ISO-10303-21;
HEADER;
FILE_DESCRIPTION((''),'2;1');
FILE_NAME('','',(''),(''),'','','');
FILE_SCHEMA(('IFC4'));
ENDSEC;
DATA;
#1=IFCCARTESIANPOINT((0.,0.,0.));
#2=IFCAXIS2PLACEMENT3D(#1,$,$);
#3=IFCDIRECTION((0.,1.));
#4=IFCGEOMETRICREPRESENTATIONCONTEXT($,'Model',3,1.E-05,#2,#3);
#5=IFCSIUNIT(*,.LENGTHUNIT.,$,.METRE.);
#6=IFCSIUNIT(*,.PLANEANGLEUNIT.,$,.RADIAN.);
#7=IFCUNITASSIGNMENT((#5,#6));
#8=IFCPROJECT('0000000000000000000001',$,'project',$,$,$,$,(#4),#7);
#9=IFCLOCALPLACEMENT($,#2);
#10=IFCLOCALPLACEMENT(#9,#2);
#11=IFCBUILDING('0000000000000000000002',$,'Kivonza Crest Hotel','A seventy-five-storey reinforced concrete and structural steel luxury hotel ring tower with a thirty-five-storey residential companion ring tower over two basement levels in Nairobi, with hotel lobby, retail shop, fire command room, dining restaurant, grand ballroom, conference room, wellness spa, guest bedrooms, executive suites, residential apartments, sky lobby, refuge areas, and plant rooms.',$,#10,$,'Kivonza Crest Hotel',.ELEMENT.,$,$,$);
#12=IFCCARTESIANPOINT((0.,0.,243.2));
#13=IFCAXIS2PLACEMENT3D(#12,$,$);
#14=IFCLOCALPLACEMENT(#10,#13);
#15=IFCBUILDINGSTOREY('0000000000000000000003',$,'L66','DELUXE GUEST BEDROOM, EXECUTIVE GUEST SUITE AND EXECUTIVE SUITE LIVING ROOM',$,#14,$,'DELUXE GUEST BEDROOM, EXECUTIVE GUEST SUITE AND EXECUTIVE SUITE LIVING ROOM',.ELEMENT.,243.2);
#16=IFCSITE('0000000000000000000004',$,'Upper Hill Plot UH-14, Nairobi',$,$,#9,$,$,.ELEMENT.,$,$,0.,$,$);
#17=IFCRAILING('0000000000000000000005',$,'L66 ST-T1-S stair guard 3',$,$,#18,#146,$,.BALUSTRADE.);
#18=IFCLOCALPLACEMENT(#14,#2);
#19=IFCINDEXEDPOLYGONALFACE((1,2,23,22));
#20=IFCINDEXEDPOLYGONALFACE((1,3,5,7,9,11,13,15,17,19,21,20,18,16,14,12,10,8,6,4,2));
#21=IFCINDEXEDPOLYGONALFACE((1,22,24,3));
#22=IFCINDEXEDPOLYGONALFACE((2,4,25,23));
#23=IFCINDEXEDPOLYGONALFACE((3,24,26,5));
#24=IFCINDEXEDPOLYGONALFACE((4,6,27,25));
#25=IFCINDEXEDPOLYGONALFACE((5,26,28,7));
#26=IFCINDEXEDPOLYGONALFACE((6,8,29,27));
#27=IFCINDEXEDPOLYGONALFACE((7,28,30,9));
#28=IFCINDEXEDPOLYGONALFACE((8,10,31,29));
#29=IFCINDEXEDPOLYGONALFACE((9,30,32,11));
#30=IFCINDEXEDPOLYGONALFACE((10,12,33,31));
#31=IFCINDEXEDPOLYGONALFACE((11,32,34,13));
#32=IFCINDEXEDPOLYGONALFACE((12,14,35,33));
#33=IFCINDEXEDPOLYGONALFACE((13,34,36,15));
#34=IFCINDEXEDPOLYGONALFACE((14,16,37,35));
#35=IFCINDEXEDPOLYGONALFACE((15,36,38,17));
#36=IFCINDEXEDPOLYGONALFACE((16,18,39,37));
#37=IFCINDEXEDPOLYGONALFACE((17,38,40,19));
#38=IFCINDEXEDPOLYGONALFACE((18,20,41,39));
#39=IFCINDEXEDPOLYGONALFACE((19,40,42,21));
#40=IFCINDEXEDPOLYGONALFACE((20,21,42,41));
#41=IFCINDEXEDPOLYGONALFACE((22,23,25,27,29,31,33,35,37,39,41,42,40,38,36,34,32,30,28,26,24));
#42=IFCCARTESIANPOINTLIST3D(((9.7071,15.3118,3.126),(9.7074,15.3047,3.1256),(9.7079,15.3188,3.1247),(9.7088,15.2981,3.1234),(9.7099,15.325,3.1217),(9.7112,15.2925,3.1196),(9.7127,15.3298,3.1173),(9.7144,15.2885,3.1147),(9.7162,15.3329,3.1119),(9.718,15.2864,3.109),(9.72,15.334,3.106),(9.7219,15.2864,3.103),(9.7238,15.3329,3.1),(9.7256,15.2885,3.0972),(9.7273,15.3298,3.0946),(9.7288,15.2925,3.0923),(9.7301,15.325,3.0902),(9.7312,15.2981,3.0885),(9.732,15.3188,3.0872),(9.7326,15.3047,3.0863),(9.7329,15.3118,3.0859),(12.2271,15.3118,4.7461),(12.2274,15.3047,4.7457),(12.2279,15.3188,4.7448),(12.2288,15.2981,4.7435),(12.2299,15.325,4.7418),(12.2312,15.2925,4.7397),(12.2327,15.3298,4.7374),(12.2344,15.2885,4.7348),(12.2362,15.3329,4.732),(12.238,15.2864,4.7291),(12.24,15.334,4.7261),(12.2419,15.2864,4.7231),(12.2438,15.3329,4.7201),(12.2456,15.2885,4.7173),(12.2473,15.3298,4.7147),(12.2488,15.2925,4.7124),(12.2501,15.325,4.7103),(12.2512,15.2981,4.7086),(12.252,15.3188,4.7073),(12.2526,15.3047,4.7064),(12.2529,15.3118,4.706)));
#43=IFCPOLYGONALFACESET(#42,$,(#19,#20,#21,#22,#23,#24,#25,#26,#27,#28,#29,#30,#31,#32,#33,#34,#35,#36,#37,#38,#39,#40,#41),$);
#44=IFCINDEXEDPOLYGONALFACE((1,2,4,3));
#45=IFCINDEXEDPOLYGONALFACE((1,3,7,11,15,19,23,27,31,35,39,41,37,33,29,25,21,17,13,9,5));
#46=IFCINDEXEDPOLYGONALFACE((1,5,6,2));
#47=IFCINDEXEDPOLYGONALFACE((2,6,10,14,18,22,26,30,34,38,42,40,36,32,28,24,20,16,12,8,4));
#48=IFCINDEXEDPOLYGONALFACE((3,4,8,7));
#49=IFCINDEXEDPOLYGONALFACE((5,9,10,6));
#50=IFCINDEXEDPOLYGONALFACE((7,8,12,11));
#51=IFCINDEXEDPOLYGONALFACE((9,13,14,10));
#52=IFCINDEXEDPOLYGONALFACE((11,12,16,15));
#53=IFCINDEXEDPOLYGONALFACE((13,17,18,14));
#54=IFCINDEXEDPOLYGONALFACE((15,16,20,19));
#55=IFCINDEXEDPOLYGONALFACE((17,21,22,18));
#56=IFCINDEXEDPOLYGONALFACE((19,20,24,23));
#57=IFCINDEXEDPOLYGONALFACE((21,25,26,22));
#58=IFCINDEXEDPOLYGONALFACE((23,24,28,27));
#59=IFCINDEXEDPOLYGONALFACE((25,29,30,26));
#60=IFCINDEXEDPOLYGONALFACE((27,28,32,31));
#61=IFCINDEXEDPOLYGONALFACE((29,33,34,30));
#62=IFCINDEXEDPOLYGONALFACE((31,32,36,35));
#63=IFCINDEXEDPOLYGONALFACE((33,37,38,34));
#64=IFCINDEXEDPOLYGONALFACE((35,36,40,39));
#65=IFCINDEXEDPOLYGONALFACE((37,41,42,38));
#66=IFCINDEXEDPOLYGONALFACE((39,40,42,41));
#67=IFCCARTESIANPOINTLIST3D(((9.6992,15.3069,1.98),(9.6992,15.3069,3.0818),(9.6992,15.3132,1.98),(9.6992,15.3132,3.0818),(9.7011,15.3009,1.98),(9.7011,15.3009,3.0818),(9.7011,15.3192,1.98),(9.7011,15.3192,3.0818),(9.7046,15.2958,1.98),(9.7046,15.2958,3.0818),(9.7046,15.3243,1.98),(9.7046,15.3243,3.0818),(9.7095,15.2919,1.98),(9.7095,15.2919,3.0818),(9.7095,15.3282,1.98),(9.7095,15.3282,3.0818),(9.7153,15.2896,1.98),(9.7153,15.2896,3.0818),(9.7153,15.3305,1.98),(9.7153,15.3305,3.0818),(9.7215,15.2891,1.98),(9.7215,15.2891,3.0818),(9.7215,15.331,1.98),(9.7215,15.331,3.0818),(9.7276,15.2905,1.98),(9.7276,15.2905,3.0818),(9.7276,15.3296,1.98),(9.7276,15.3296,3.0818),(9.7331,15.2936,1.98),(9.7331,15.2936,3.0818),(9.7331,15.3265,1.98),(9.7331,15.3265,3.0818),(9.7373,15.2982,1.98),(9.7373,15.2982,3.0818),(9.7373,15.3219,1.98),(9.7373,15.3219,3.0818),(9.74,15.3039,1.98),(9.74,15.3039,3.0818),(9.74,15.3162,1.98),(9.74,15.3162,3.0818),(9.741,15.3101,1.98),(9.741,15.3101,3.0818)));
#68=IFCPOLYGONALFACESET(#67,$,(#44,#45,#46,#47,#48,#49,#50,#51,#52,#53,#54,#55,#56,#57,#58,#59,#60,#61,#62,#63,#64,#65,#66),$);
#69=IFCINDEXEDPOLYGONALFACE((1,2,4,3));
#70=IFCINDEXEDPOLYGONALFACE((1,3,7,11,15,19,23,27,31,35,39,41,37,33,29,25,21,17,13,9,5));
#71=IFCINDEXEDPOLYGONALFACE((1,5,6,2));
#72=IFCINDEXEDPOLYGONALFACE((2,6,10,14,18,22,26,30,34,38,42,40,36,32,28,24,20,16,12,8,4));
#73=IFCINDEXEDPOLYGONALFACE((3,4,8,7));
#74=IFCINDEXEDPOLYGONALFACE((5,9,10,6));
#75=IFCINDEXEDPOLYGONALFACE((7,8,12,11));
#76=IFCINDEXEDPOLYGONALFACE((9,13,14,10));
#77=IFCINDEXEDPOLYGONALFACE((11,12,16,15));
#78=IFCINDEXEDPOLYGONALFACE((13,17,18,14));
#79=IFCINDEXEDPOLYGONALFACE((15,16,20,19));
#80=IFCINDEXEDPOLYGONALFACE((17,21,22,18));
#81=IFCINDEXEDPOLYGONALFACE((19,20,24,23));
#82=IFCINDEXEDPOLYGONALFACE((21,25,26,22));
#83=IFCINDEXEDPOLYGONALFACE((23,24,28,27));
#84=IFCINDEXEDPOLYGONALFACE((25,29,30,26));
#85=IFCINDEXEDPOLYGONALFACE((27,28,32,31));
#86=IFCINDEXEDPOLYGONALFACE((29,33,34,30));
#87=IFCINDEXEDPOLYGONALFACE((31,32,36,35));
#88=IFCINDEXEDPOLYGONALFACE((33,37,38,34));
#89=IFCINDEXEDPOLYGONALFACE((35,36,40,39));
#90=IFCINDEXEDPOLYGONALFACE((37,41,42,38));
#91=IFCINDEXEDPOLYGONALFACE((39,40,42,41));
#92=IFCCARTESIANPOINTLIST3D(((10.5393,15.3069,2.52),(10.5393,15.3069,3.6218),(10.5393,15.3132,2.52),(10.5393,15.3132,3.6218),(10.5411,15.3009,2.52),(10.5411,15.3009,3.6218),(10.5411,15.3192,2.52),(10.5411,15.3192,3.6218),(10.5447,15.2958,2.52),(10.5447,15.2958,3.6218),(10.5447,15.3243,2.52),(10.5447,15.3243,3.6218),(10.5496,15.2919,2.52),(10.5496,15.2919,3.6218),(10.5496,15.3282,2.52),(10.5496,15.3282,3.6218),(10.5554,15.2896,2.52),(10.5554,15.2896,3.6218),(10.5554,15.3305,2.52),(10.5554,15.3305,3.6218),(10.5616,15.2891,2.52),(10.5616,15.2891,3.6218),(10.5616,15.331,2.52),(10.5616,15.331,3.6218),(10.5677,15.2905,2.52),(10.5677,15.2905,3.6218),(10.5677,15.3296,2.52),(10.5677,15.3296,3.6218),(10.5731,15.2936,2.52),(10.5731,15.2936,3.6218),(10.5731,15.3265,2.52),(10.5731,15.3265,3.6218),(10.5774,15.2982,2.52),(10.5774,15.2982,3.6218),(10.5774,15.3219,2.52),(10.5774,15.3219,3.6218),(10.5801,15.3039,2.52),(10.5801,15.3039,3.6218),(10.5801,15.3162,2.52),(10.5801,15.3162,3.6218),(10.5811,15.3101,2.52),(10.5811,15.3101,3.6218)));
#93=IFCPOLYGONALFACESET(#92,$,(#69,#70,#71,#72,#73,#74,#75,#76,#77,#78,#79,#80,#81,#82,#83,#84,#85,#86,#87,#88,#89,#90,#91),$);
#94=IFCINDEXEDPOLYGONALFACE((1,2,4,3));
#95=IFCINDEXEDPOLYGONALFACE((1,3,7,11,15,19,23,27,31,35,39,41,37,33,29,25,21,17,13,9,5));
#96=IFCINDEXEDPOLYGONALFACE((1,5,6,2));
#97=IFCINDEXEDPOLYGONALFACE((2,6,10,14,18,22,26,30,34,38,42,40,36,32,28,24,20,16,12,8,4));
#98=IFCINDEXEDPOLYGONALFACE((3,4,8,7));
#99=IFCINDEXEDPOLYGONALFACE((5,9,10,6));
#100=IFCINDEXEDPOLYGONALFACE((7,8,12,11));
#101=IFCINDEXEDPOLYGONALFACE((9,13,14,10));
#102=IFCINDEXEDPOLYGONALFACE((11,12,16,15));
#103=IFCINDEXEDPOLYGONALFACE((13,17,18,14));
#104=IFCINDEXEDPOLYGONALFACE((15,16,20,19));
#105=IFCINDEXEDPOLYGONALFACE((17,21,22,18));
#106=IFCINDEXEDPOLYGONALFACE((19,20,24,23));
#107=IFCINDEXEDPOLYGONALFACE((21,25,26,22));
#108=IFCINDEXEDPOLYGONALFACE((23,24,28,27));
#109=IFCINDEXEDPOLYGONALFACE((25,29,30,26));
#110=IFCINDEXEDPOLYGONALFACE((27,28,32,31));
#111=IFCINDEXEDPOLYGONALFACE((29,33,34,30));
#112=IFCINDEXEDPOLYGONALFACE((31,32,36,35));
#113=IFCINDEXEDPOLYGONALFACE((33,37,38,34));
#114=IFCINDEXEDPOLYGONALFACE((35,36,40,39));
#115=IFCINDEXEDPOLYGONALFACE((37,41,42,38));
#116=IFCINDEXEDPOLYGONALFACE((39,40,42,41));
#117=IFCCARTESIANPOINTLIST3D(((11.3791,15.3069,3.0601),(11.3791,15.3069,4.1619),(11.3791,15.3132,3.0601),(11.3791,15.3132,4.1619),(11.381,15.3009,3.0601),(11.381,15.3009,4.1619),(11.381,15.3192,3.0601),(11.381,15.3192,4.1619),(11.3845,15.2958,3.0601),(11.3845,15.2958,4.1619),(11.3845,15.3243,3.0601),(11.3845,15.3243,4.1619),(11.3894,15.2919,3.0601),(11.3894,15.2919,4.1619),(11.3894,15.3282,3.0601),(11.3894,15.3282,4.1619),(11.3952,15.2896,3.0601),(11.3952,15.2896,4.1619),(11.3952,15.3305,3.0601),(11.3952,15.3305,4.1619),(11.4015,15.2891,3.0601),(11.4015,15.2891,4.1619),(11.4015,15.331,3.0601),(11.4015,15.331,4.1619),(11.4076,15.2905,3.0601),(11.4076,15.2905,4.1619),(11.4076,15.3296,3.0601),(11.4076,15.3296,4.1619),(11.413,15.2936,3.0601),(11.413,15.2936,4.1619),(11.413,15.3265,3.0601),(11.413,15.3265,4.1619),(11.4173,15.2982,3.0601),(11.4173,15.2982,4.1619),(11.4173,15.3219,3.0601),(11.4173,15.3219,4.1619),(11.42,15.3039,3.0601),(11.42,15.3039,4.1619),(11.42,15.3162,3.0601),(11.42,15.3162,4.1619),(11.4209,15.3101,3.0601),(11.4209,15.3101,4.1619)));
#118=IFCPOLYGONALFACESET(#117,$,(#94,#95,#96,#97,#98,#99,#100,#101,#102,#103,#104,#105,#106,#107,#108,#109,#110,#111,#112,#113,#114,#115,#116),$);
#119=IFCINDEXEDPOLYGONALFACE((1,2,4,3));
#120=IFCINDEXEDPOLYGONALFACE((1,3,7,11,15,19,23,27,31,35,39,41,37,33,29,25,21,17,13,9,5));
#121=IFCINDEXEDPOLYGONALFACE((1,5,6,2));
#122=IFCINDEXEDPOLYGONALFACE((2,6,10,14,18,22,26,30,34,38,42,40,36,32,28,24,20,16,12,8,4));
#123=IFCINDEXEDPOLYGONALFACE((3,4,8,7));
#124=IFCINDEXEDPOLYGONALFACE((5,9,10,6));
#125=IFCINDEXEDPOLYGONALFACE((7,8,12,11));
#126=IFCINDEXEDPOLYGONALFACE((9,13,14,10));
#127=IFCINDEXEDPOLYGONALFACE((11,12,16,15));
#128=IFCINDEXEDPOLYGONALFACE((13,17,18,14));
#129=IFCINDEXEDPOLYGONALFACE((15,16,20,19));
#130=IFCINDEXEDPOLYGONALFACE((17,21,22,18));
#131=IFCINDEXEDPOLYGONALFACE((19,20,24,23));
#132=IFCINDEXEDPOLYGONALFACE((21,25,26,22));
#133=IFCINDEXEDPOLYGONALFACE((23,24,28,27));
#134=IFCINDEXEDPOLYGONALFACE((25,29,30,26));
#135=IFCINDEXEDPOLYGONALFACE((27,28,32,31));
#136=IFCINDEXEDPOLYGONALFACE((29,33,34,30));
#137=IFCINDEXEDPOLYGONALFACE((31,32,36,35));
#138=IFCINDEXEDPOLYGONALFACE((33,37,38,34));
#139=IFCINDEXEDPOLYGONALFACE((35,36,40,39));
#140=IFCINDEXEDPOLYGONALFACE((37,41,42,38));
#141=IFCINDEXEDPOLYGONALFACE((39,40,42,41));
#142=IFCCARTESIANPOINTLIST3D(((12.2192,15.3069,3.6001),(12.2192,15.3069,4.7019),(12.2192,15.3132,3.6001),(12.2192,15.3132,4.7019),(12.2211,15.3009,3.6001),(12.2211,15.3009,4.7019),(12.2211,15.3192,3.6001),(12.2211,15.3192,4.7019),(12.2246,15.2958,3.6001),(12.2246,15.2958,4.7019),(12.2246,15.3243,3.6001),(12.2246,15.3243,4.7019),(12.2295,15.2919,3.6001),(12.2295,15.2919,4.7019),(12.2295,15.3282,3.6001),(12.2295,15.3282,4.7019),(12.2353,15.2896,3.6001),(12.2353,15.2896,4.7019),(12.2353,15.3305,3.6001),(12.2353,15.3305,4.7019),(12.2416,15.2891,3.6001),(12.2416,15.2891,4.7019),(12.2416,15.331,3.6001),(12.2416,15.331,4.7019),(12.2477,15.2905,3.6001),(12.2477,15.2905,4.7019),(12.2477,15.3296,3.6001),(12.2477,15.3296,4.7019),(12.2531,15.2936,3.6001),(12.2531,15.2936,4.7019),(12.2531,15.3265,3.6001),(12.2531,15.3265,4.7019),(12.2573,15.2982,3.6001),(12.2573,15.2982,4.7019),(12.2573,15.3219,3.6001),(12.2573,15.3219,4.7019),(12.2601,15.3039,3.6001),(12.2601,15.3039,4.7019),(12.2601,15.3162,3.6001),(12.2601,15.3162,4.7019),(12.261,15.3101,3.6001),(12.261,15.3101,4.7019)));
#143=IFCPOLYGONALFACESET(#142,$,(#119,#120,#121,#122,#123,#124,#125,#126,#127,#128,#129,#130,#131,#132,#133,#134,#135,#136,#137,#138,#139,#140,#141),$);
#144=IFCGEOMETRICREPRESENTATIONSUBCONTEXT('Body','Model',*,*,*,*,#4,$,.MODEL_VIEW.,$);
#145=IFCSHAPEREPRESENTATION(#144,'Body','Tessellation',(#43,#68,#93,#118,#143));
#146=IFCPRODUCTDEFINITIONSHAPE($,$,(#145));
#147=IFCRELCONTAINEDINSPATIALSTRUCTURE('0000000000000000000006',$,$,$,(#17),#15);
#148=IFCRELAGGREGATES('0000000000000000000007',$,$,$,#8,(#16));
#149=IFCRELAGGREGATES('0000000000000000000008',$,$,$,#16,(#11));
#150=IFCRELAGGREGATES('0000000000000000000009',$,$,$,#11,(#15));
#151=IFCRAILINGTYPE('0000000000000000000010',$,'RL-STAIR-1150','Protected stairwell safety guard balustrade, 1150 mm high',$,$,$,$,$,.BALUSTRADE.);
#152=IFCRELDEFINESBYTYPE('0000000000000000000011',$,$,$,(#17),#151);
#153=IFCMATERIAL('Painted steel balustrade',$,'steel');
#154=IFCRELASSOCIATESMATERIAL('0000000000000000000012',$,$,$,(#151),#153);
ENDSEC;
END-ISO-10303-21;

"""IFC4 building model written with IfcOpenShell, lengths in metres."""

from ifc_helpers import new_model, si_unit, direction, frame, origin, origin_2d, place, context, subcontext, project, spatial, circle, extrude, material, type_object, element, save


model = new_model("IFC4")

# Units and contexts
model_context = context("Model", 3, precision=1e-05, world=origin(), true_north=direction((0.0, 1.0)))
body_context = subcontext(model_context, "Body", "Model", "MODEL_VIEW")
ifc_project = project(units=[si_unit("LENGTHUNIT", "METRE"), si_unit("PLANEANGLEUNIT", "RADIAN")], contexts=[model_context])

# Site, building, storey
site_placement = place(None, origin())
site = spatial("IfcSite", under=ifc_project, at=site_placement, Name="Upper Hill Plot UH-14, Nairobi", CompositionType="ELEMENT", RefElevation=0.0)
building_placement = place(site_placement, origin())
building = spatial("IfcBuilding", under=site, at=building_placement, Name="Kivonza Crest Hotel", Description="A seventy-five-storey reinforced concrete and structural steel luxury hotel ring tower with a thirty-five-storey residential companion ring tower over two basement levels in Nairobi, with hotel lobby, retail shop, fire command room, dining restaurant, grand ballroom, conference room, wellness spa, guest bedrooms, executive suites, residential apartments, sky lobby, refuge areas, and plant rooms.", LongName="Kivonza Crest Hotel", CompositionType="ELEMENT")
storey_placement = place(building_placement, frame((0.0, 0.0, 243.2)))
storey = spatial("IfcBuildingStorey", under=building, at=storey_placement, Name="L66", Description="DELUXE GUEST BEDROOM, EXECUTIVE GUEST SUITE AND EXECUTIVE SUITE LIVING ROOM", LongName="DELUXE GUEST BEDROOM, EXECUTIVE GUEST SUITE AND EXECUTIVE SUITE LIVING ROOM", CompositionType="ELEMENT", Elevation=243.2)

# Railing
ifc_material_1 = material(Name="Painted steel balustrade", Category="steel")
railing_type_1 = type_object("IfcRailingType", Name="RL-STAIR-1150", Description="Protected stairwell safety guard balustrade, 1150 mm high", PredefinedType="BALUSTRADE", material=ifc_material_1)
railing_1_placement = place(storey_placement, frame((9.72, 15.3101, 1.98)))
element("IfcRailing", 1, at=railing_1_placement, inside=storey, type_object=railing_type_1, Name="L66 ST-T1-S stair guard 3", PredefinedType="BALUSTRADE", context=body_context, shape_type="SweptSolid", body=[
    extrude(circle(Radius=0.0239, at=origin_2d()), frame((0.0, 0.0, 1.126), z_axis=(0.841163, 0.0, 0.540782), x_axis=(0.0, 1.0, 0.0)), (0.0, 0.0, 1.0), 2.9958),
    extrude(circle(Radius=0.021, at=origin_2d()), origin(), (0.0, 0.0, 1.0), 1.1018),
    extrude(circle(Radius=0.021, at=origin_2d()), frame((0.8401, 0.0, 0.54)), (0.0, 0.0, 1.0), 1.1018),
    extrude(circle(Radius=0.021, at=origin_2d()), frame((1.6799, 0.0, 1.0801)), (0.0, 0.0, 1.0), 1.1018),
    extrude(circle(Radius=0.021, at=origin_2d()), frame((2.52, 0.0, 1.6201)), (0.0, 0.0, 1.0), 1.1018),
])

save(model, "model.ifc")
